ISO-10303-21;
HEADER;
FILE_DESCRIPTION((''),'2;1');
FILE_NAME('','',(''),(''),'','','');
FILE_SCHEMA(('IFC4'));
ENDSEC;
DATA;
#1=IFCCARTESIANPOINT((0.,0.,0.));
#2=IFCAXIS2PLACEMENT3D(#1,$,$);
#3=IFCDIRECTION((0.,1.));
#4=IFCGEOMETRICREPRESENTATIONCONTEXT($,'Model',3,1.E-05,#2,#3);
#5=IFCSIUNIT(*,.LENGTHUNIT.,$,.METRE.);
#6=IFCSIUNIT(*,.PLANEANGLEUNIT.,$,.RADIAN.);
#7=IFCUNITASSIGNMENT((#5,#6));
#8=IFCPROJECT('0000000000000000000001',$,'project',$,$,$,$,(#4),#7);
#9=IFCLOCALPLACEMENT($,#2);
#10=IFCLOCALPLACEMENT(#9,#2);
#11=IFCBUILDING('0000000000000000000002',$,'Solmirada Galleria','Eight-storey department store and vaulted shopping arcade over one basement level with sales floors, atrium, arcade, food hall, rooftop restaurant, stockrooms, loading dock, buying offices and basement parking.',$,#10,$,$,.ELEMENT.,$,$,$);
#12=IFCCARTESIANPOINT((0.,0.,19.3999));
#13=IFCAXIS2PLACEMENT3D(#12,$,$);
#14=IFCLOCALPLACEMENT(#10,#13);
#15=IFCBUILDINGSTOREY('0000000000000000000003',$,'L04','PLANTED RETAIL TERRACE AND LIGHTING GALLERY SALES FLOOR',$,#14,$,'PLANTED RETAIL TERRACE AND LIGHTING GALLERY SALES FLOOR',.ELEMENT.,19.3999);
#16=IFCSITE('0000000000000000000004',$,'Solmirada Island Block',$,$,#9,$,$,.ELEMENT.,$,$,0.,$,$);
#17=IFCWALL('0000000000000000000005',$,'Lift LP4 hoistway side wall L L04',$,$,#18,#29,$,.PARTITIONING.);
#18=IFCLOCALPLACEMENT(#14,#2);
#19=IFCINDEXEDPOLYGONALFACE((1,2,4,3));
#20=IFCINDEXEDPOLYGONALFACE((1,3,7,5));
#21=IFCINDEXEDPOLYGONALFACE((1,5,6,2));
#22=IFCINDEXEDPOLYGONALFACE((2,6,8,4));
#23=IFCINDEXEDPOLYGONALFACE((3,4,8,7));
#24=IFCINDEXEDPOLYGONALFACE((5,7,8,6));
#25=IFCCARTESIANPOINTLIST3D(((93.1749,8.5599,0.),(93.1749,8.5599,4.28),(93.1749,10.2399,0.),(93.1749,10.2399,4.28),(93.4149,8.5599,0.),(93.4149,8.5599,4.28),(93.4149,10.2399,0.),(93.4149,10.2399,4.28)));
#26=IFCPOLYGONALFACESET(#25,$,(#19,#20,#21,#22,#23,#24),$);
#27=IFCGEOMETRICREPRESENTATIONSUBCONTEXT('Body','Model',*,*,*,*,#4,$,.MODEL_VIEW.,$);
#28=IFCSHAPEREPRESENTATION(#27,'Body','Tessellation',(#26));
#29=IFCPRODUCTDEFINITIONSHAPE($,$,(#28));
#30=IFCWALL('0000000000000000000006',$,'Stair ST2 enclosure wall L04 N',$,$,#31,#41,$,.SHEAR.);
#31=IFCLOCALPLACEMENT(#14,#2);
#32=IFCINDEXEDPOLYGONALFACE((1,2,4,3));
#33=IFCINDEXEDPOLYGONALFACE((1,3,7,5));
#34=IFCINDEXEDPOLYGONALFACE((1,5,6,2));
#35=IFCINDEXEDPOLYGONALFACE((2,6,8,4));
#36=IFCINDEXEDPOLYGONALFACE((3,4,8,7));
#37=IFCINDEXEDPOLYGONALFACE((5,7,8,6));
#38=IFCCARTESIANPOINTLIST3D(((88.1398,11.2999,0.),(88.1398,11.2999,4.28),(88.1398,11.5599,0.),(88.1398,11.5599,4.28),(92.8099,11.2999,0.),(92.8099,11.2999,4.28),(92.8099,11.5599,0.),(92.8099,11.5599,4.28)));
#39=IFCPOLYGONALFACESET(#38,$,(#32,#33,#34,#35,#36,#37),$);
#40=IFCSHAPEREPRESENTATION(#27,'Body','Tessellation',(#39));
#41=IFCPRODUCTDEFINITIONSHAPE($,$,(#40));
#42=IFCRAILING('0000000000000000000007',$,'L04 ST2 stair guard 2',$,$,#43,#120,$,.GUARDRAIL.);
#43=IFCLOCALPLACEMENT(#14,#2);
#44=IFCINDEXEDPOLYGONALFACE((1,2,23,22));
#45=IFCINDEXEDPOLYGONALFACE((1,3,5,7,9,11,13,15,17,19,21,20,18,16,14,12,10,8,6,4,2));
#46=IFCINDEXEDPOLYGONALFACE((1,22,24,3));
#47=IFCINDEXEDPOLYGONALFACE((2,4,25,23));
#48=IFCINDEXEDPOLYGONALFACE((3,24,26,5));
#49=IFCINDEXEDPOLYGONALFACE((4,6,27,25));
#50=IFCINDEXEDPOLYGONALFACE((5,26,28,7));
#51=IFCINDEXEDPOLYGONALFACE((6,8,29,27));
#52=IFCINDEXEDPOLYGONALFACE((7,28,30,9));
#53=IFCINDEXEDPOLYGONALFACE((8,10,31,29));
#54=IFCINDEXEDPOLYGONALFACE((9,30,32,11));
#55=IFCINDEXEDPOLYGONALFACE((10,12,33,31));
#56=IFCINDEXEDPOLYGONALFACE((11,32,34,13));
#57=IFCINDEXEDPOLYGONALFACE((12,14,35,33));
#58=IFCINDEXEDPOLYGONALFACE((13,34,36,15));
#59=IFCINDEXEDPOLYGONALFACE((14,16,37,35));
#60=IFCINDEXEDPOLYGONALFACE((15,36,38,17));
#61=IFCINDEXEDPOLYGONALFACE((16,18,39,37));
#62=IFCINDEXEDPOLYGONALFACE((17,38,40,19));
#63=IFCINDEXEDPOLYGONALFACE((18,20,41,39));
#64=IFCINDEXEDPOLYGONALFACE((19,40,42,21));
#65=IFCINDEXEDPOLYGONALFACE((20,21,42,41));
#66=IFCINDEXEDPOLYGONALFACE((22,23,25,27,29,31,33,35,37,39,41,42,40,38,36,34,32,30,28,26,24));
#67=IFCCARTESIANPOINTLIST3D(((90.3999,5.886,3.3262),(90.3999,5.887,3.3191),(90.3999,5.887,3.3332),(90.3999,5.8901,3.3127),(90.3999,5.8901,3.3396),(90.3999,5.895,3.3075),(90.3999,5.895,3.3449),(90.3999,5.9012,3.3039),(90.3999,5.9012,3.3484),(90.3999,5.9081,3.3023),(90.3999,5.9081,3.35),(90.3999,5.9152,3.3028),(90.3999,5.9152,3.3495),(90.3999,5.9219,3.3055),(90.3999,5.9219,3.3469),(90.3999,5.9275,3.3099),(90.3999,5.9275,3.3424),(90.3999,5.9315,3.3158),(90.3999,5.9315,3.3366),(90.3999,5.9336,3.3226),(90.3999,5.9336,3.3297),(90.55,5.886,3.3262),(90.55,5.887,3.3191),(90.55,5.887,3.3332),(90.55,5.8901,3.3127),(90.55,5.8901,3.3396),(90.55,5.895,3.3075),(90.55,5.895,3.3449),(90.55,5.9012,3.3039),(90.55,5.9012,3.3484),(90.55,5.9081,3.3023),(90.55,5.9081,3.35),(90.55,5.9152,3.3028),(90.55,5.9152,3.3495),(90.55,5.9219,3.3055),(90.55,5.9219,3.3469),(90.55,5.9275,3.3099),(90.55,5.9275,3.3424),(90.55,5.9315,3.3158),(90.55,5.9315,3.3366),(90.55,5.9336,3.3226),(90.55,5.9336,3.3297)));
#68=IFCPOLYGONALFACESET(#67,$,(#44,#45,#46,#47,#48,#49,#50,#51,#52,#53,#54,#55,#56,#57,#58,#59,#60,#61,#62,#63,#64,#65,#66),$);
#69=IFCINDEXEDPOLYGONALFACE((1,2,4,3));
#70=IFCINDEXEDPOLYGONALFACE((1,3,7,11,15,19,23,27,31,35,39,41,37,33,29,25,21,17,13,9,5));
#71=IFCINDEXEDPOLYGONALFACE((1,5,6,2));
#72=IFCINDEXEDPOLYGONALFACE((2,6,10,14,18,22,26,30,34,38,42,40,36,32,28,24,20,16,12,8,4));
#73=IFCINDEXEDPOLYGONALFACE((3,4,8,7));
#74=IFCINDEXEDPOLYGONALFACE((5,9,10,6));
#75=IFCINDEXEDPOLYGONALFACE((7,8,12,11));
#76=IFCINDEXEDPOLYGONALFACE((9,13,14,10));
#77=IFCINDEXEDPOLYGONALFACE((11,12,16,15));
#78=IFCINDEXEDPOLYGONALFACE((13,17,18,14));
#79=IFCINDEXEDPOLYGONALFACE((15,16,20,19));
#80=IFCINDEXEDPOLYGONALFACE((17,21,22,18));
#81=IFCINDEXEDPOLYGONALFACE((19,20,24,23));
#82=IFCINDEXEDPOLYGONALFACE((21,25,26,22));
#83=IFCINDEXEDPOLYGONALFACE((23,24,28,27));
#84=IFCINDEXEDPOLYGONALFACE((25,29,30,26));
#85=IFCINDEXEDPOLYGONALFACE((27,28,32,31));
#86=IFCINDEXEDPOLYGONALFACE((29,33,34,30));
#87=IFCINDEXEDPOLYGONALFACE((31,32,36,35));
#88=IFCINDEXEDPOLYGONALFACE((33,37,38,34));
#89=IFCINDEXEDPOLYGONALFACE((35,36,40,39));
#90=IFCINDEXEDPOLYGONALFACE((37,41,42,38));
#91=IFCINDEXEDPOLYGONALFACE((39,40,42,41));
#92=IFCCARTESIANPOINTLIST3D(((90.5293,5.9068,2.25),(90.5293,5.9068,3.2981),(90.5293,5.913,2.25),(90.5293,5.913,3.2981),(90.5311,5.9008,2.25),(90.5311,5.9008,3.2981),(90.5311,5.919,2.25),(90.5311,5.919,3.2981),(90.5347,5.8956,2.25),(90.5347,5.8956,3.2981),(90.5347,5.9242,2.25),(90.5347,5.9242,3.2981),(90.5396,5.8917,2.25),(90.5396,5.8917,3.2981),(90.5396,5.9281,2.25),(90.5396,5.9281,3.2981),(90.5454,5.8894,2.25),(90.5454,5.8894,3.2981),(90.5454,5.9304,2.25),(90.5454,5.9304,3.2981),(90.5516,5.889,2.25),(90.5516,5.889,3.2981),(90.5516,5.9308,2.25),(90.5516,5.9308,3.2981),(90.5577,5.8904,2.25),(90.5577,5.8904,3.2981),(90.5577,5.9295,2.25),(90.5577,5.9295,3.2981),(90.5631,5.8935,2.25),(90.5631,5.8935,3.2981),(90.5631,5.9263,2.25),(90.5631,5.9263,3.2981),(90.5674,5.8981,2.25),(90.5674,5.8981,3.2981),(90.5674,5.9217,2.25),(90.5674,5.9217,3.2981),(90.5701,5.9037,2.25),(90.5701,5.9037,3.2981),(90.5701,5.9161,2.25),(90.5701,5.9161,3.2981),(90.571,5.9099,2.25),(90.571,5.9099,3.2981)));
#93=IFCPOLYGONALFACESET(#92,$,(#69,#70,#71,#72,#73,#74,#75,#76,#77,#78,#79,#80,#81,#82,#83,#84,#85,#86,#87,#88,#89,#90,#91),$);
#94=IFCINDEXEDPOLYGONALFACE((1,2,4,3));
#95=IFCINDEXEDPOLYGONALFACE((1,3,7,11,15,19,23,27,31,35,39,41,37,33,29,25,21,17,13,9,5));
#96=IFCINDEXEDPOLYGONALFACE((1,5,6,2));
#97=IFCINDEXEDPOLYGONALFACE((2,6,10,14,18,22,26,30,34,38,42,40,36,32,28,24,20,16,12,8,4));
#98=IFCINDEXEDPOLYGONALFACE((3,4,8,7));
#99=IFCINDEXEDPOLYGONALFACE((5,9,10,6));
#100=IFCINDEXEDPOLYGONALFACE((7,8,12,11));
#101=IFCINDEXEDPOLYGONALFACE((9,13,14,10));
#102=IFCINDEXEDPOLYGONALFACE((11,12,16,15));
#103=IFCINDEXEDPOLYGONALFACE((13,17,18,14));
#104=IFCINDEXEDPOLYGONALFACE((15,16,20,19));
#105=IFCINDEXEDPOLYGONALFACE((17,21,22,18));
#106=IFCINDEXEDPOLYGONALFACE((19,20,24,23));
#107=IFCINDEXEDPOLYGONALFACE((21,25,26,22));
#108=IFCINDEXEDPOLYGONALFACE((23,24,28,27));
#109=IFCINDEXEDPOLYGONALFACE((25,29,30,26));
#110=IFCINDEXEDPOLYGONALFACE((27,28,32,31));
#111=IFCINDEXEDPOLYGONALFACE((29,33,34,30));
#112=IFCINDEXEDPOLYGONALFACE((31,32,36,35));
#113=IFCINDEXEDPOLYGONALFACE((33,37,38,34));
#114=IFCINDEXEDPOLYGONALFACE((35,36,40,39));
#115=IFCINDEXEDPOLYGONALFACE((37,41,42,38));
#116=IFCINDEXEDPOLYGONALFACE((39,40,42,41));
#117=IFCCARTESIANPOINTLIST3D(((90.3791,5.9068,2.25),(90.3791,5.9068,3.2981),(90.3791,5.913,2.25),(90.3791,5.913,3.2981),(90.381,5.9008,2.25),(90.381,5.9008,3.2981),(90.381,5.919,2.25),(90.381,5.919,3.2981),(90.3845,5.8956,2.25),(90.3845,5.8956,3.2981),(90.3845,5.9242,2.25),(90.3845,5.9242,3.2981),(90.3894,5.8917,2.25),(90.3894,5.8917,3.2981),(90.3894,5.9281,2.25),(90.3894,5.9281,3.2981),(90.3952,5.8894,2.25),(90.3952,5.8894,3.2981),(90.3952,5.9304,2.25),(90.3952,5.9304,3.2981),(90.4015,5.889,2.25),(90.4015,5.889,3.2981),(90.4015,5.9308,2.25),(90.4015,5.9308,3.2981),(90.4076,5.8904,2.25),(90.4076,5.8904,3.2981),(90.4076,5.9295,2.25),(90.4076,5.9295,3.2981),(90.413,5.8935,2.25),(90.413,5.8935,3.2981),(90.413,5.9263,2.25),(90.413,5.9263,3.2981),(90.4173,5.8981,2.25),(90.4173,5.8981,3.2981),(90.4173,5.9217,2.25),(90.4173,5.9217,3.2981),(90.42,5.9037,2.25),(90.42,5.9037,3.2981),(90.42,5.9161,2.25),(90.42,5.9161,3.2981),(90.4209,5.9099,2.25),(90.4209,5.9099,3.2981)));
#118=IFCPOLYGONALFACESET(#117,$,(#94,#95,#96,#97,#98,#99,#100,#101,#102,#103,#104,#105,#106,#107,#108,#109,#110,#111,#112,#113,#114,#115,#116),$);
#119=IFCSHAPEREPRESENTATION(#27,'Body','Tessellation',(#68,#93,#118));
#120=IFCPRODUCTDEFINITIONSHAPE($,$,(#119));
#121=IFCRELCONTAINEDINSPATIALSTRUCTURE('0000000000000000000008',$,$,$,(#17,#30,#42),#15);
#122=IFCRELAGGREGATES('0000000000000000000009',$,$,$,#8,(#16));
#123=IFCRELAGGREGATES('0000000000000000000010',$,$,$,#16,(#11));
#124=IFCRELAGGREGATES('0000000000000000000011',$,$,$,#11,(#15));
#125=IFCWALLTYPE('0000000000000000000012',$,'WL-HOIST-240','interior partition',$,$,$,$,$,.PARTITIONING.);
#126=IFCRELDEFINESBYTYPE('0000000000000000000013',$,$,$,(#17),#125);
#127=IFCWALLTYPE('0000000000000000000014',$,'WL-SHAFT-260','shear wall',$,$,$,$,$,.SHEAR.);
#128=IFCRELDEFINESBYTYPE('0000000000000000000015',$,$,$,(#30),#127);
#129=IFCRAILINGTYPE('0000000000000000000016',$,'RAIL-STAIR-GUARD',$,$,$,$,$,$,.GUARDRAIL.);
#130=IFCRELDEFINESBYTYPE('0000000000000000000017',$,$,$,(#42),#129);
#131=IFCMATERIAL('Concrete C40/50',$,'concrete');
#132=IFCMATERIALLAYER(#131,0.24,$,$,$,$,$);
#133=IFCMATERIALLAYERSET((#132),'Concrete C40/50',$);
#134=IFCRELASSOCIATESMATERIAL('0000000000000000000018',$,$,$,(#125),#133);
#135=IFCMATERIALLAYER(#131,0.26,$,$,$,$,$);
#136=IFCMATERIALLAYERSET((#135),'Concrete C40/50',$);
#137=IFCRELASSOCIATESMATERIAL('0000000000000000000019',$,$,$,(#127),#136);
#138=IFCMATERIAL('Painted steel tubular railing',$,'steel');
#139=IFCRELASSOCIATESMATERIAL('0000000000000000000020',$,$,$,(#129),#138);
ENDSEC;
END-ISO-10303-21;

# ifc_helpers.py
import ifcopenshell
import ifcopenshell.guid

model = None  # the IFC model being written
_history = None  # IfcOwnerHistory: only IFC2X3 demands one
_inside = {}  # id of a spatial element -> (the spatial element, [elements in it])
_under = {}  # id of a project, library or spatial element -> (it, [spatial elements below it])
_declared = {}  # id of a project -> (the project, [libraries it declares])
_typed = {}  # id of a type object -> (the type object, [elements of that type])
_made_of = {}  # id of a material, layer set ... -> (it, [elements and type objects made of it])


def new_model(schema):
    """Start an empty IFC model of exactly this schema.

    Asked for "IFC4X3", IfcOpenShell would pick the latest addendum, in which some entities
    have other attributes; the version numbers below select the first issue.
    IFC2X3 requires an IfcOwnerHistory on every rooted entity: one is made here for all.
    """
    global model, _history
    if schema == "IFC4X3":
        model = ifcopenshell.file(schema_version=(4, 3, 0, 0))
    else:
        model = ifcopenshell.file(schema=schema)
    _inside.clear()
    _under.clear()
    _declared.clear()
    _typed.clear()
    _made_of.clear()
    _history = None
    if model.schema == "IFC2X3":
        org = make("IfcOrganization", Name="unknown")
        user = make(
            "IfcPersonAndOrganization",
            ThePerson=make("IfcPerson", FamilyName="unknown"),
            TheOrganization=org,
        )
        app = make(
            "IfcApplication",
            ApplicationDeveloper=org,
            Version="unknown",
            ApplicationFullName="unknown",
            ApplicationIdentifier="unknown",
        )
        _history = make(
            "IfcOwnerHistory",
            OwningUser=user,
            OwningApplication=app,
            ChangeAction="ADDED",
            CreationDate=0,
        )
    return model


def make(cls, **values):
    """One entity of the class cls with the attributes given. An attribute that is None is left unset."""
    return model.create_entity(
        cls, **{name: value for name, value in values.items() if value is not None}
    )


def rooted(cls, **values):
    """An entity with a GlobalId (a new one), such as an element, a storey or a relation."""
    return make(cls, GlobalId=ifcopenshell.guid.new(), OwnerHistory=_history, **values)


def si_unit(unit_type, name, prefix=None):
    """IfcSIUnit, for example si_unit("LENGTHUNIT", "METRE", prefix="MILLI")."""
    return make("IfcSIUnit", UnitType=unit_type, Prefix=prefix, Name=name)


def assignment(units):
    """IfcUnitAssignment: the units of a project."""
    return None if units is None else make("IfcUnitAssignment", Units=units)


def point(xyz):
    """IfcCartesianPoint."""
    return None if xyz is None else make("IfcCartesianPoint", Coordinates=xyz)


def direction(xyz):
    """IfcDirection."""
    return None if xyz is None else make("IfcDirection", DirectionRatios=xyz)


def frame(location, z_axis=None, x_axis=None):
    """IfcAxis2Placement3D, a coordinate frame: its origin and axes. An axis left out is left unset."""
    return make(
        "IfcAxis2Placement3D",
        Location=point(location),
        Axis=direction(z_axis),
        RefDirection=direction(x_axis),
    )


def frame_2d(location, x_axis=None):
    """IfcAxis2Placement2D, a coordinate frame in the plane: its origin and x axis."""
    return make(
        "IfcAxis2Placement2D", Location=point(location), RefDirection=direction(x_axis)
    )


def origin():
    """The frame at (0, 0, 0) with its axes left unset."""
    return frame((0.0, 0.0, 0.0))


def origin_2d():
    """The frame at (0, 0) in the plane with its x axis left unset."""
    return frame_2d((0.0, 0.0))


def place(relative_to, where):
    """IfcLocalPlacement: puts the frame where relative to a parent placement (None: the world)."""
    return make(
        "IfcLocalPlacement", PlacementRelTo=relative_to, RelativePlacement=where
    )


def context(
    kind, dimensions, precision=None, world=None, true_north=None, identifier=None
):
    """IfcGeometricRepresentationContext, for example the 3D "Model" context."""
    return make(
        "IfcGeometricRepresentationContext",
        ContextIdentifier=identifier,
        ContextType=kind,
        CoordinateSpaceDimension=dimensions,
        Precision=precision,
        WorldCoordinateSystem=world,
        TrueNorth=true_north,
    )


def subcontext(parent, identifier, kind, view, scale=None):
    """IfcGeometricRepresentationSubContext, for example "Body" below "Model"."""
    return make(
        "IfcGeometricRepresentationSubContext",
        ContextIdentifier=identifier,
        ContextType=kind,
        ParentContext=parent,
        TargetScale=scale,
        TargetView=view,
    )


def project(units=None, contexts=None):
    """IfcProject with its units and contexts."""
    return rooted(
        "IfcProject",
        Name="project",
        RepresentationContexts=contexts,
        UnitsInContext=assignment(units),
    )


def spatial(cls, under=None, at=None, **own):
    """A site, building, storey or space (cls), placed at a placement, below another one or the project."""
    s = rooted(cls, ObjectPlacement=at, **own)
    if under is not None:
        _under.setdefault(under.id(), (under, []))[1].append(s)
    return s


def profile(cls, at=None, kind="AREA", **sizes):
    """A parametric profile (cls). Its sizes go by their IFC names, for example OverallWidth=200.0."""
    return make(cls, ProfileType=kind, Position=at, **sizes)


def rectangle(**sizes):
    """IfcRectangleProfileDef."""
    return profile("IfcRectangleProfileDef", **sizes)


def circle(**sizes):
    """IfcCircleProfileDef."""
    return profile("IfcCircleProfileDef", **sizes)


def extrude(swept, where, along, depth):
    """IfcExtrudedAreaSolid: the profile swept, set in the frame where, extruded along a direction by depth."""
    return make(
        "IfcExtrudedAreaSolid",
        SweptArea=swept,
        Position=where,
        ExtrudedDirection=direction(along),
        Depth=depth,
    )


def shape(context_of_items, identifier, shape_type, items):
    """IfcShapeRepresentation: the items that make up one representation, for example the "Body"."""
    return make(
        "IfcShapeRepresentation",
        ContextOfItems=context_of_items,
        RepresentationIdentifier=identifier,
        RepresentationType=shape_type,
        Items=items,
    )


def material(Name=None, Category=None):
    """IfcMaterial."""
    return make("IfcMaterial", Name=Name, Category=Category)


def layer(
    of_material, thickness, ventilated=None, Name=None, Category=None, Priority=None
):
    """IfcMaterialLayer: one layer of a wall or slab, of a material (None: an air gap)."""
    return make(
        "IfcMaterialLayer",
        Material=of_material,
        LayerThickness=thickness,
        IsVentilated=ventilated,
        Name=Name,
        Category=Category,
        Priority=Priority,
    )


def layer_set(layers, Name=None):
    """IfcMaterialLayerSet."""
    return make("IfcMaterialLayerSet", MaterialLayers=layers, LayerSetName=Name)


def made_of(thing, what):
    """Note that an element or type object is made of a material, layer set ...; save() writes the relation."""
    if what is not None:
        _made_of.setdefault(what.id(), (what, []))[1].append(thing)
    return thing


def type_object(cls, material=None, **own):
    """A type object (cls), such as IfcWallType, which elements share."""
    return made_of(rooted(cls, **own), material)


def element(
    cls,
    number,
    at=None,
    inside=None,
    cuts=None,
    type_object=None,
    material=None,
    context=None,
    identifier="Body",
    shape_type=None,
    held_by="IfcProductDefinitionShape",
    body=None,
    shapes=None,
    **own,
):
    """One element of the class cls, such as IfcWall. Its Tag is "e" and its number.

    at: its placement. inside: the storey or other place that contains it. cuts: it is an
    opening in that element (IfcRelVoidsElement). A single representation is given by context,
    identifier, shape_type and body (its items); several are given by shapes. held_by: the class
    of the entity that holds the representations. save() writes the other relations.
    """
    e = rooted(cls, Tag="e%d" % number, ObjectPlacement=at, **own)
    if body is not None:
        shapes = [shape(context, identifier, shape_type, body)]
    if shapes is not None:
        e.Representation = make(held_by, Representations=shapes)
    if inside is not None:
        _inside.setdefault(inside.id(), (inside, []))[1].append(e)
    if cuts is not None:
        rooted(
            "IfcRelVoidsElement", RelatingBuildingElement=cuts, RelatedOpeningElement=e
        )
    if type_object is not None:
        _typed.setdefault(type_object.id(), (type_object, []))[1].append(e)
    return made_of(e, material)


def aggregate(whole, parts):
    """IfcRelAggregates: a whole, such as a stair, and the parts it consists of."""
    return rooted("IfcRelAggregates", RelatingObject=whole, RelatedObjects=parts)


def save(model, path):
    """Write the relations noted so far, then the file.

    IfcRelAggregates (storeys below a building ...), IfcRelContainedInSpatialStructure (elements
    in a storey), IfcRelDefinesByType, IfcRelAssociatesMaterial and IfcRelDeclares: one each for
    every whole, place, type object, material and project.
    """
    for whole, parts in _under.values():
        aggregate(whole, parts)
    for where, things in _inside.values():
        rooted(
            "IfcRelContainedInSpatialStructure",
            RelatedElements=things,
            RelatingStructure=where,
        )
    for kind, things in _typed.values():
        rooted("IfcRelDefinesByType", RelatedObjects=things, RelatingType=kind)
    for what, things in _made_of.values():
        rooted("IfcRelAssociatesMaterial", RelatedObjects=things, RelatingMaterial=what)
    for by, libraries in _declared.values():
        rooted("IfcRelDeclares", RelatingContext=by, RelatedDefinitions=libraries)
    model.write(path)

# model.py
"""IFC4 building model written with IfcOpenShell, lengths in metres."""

from ifc_helpers import new_model, si_unit, direction, frame, frame_2d, origin, origin_2d, place, context, subcontext, project, spatial, rectangle, circle, extrude, material, layer, layer_set, type_object, element, save


model = new_model("IFC4")

# Units and contexts
model_context = context("Model", 3, precision=1e-05, world=origin(), true_north=direction((0.0, 1.0)))
body_context = subcontext(model_context, "Body", "Model", "MODEL_VIEW")
ifc_project = project(units=[si_unit("LENGTHUNIT", "METRE"), si_unit("PLANEANGLEUNIT", "RADIAN")], contexts=[model_context])

# Site, building, storey
site_placement = place(None, origin())
site = spatial("IfcSite", under=ifc_project, at=site_placement, Name="Solmirada Island Block", CompositionType="ELEMENT", RefElevation=0.0)
building_placement = place(site_placement, origin())
building = spatial("IfcBuilding", under=site, at=building_placement, Name="Solmirada Galleria", Description="Eight-storey department store and vaulted shopping arcade over one basement level with sales floors, atrium, arcade, food hall, rooftop restaurant, stockrooms, loading dock, buying offices and basement parking.", CompositionType="ELEMENT")
storey_placement = place(building_placement, frame((0.0, 0.0, 19.3999)))
storey = spatial("IfcBuildingStorey", under=building, at=storey_placement, Name="L04", Description="PLANTED RETAIL TERRACE AND LIGHTING GALLERY SALES FLOOR", LongName="PLANTED RETAIL TERRACE AND LIGHTING GALLERY SALES FLOOR", CompositionType="ELEMENT", Elevation=19.3999)

# Shared definitions
ifc_material_1 = material(Name="Concrete C40/50", Category="concrete")

# Shared definitions
ifc_layer_1 = layer(ifc_material_1, 0.24)
ifc_layer_set_1 = layer_set([ifc_layer_1], Name="Concrete C40/50")
wall_type_1 = type_object("IfcWallType", Name="WL-HOIST-240", Description="interior partition", PredefinedType="PARTITIONING", material=ifc_layer_set_1)

# Walls
wall_1_placement = place(storey_placement, frame((93.2949, 8.5601, 0.0), z_axis=(0.0, 0.0, 1.0), x_axis=(0.0, 1.0, 0.0)))
element("IfcWall", 1, at=wall_1_placement, inside=storey, type_object=wall_type_1, Name="Lift LP4 hoistway side wall L L04", PredefinedType="PARTITIONING", context=body_context, shape_type="SweptSolid", body=[
    extrude(rectangle(XDim=1.6799, YDim=0.24, at=frame_2d((0.8398, 0.0))), origin(), (0.0, 0.0, 1.0), 4.28),
])
ifc_layer_2 = layer(ifc_material_1, 0.26)
ifc_layer_set_2 = layer_set([ifc_layer_2], Name="Concrete C40/50")
wall_type_2 = type_object("IfcWallType", Name="WL-SHAFT-260", Description="shear wall", PredefinedType="SHEAR", material=ifc_layer_set_2)
wall_2_placement = place(storey_placement, frame((88.1399, 11.4299, 0.0), z_axis=(0.0, 0.0, 1.0), x_axis=(1.0, 0.0, 0.0)))
element("IfcWall", 2, at=wall_2_placement, inside=storey, type_object=wall_type_2, Name="Stair ST2 enclosure wall L04 N", PredefinedType="SHEAR", context=body_context, shape_type="SweptSolid", body=[
    extrude(rectangle(XDim=4.6702, YDim=0.26, at=frame_2d((2.335, 0.0))), origin(), (0.0, 0.0, 1.0), 4.28),
])

# Railing
ifc_material_2 = material(Name="Painted steel tubular railing", Category="steel")
railing_type = type_object("IfcRailingType", Name="RAIL-STAIR-GUARD", PredefinedType="GUARDRAIL", material=ifc_material_2)
railing_1_placement = place(storey_placement, frame((90.55, 5.9099, 2.25)))
element("IfcRailing", 3, at=railing_1_placement, inside=storey, type_object=railing_type, Name="L04 ST2 stair guard 2", PredefinedType="GUARDRAIL", context=body_context, shape_type="SweptSolid", body=[
    extrude(circle(Radius=0.0239, at=origin_2d()), frame((0.0, 0.0, 1.0762), z_axis=(-1.0, 0.0, 0.0), x_axis=(0.0, -1.0, 0.0)), (0.0, 0.0, 1.0), 0.1501),
    extrude(circle(Radius=0.021, at=origin_2d()), origin(), (0.0, 0.0, 1.0), 1.0481),
    extrude(circle(Radius=0.021, at=origin_2d()), frame((-0.1501, 0.0, 0.0)), (0.0, 0.0, 1.0), 1.0481),
])

save(model, "model.ifc")
